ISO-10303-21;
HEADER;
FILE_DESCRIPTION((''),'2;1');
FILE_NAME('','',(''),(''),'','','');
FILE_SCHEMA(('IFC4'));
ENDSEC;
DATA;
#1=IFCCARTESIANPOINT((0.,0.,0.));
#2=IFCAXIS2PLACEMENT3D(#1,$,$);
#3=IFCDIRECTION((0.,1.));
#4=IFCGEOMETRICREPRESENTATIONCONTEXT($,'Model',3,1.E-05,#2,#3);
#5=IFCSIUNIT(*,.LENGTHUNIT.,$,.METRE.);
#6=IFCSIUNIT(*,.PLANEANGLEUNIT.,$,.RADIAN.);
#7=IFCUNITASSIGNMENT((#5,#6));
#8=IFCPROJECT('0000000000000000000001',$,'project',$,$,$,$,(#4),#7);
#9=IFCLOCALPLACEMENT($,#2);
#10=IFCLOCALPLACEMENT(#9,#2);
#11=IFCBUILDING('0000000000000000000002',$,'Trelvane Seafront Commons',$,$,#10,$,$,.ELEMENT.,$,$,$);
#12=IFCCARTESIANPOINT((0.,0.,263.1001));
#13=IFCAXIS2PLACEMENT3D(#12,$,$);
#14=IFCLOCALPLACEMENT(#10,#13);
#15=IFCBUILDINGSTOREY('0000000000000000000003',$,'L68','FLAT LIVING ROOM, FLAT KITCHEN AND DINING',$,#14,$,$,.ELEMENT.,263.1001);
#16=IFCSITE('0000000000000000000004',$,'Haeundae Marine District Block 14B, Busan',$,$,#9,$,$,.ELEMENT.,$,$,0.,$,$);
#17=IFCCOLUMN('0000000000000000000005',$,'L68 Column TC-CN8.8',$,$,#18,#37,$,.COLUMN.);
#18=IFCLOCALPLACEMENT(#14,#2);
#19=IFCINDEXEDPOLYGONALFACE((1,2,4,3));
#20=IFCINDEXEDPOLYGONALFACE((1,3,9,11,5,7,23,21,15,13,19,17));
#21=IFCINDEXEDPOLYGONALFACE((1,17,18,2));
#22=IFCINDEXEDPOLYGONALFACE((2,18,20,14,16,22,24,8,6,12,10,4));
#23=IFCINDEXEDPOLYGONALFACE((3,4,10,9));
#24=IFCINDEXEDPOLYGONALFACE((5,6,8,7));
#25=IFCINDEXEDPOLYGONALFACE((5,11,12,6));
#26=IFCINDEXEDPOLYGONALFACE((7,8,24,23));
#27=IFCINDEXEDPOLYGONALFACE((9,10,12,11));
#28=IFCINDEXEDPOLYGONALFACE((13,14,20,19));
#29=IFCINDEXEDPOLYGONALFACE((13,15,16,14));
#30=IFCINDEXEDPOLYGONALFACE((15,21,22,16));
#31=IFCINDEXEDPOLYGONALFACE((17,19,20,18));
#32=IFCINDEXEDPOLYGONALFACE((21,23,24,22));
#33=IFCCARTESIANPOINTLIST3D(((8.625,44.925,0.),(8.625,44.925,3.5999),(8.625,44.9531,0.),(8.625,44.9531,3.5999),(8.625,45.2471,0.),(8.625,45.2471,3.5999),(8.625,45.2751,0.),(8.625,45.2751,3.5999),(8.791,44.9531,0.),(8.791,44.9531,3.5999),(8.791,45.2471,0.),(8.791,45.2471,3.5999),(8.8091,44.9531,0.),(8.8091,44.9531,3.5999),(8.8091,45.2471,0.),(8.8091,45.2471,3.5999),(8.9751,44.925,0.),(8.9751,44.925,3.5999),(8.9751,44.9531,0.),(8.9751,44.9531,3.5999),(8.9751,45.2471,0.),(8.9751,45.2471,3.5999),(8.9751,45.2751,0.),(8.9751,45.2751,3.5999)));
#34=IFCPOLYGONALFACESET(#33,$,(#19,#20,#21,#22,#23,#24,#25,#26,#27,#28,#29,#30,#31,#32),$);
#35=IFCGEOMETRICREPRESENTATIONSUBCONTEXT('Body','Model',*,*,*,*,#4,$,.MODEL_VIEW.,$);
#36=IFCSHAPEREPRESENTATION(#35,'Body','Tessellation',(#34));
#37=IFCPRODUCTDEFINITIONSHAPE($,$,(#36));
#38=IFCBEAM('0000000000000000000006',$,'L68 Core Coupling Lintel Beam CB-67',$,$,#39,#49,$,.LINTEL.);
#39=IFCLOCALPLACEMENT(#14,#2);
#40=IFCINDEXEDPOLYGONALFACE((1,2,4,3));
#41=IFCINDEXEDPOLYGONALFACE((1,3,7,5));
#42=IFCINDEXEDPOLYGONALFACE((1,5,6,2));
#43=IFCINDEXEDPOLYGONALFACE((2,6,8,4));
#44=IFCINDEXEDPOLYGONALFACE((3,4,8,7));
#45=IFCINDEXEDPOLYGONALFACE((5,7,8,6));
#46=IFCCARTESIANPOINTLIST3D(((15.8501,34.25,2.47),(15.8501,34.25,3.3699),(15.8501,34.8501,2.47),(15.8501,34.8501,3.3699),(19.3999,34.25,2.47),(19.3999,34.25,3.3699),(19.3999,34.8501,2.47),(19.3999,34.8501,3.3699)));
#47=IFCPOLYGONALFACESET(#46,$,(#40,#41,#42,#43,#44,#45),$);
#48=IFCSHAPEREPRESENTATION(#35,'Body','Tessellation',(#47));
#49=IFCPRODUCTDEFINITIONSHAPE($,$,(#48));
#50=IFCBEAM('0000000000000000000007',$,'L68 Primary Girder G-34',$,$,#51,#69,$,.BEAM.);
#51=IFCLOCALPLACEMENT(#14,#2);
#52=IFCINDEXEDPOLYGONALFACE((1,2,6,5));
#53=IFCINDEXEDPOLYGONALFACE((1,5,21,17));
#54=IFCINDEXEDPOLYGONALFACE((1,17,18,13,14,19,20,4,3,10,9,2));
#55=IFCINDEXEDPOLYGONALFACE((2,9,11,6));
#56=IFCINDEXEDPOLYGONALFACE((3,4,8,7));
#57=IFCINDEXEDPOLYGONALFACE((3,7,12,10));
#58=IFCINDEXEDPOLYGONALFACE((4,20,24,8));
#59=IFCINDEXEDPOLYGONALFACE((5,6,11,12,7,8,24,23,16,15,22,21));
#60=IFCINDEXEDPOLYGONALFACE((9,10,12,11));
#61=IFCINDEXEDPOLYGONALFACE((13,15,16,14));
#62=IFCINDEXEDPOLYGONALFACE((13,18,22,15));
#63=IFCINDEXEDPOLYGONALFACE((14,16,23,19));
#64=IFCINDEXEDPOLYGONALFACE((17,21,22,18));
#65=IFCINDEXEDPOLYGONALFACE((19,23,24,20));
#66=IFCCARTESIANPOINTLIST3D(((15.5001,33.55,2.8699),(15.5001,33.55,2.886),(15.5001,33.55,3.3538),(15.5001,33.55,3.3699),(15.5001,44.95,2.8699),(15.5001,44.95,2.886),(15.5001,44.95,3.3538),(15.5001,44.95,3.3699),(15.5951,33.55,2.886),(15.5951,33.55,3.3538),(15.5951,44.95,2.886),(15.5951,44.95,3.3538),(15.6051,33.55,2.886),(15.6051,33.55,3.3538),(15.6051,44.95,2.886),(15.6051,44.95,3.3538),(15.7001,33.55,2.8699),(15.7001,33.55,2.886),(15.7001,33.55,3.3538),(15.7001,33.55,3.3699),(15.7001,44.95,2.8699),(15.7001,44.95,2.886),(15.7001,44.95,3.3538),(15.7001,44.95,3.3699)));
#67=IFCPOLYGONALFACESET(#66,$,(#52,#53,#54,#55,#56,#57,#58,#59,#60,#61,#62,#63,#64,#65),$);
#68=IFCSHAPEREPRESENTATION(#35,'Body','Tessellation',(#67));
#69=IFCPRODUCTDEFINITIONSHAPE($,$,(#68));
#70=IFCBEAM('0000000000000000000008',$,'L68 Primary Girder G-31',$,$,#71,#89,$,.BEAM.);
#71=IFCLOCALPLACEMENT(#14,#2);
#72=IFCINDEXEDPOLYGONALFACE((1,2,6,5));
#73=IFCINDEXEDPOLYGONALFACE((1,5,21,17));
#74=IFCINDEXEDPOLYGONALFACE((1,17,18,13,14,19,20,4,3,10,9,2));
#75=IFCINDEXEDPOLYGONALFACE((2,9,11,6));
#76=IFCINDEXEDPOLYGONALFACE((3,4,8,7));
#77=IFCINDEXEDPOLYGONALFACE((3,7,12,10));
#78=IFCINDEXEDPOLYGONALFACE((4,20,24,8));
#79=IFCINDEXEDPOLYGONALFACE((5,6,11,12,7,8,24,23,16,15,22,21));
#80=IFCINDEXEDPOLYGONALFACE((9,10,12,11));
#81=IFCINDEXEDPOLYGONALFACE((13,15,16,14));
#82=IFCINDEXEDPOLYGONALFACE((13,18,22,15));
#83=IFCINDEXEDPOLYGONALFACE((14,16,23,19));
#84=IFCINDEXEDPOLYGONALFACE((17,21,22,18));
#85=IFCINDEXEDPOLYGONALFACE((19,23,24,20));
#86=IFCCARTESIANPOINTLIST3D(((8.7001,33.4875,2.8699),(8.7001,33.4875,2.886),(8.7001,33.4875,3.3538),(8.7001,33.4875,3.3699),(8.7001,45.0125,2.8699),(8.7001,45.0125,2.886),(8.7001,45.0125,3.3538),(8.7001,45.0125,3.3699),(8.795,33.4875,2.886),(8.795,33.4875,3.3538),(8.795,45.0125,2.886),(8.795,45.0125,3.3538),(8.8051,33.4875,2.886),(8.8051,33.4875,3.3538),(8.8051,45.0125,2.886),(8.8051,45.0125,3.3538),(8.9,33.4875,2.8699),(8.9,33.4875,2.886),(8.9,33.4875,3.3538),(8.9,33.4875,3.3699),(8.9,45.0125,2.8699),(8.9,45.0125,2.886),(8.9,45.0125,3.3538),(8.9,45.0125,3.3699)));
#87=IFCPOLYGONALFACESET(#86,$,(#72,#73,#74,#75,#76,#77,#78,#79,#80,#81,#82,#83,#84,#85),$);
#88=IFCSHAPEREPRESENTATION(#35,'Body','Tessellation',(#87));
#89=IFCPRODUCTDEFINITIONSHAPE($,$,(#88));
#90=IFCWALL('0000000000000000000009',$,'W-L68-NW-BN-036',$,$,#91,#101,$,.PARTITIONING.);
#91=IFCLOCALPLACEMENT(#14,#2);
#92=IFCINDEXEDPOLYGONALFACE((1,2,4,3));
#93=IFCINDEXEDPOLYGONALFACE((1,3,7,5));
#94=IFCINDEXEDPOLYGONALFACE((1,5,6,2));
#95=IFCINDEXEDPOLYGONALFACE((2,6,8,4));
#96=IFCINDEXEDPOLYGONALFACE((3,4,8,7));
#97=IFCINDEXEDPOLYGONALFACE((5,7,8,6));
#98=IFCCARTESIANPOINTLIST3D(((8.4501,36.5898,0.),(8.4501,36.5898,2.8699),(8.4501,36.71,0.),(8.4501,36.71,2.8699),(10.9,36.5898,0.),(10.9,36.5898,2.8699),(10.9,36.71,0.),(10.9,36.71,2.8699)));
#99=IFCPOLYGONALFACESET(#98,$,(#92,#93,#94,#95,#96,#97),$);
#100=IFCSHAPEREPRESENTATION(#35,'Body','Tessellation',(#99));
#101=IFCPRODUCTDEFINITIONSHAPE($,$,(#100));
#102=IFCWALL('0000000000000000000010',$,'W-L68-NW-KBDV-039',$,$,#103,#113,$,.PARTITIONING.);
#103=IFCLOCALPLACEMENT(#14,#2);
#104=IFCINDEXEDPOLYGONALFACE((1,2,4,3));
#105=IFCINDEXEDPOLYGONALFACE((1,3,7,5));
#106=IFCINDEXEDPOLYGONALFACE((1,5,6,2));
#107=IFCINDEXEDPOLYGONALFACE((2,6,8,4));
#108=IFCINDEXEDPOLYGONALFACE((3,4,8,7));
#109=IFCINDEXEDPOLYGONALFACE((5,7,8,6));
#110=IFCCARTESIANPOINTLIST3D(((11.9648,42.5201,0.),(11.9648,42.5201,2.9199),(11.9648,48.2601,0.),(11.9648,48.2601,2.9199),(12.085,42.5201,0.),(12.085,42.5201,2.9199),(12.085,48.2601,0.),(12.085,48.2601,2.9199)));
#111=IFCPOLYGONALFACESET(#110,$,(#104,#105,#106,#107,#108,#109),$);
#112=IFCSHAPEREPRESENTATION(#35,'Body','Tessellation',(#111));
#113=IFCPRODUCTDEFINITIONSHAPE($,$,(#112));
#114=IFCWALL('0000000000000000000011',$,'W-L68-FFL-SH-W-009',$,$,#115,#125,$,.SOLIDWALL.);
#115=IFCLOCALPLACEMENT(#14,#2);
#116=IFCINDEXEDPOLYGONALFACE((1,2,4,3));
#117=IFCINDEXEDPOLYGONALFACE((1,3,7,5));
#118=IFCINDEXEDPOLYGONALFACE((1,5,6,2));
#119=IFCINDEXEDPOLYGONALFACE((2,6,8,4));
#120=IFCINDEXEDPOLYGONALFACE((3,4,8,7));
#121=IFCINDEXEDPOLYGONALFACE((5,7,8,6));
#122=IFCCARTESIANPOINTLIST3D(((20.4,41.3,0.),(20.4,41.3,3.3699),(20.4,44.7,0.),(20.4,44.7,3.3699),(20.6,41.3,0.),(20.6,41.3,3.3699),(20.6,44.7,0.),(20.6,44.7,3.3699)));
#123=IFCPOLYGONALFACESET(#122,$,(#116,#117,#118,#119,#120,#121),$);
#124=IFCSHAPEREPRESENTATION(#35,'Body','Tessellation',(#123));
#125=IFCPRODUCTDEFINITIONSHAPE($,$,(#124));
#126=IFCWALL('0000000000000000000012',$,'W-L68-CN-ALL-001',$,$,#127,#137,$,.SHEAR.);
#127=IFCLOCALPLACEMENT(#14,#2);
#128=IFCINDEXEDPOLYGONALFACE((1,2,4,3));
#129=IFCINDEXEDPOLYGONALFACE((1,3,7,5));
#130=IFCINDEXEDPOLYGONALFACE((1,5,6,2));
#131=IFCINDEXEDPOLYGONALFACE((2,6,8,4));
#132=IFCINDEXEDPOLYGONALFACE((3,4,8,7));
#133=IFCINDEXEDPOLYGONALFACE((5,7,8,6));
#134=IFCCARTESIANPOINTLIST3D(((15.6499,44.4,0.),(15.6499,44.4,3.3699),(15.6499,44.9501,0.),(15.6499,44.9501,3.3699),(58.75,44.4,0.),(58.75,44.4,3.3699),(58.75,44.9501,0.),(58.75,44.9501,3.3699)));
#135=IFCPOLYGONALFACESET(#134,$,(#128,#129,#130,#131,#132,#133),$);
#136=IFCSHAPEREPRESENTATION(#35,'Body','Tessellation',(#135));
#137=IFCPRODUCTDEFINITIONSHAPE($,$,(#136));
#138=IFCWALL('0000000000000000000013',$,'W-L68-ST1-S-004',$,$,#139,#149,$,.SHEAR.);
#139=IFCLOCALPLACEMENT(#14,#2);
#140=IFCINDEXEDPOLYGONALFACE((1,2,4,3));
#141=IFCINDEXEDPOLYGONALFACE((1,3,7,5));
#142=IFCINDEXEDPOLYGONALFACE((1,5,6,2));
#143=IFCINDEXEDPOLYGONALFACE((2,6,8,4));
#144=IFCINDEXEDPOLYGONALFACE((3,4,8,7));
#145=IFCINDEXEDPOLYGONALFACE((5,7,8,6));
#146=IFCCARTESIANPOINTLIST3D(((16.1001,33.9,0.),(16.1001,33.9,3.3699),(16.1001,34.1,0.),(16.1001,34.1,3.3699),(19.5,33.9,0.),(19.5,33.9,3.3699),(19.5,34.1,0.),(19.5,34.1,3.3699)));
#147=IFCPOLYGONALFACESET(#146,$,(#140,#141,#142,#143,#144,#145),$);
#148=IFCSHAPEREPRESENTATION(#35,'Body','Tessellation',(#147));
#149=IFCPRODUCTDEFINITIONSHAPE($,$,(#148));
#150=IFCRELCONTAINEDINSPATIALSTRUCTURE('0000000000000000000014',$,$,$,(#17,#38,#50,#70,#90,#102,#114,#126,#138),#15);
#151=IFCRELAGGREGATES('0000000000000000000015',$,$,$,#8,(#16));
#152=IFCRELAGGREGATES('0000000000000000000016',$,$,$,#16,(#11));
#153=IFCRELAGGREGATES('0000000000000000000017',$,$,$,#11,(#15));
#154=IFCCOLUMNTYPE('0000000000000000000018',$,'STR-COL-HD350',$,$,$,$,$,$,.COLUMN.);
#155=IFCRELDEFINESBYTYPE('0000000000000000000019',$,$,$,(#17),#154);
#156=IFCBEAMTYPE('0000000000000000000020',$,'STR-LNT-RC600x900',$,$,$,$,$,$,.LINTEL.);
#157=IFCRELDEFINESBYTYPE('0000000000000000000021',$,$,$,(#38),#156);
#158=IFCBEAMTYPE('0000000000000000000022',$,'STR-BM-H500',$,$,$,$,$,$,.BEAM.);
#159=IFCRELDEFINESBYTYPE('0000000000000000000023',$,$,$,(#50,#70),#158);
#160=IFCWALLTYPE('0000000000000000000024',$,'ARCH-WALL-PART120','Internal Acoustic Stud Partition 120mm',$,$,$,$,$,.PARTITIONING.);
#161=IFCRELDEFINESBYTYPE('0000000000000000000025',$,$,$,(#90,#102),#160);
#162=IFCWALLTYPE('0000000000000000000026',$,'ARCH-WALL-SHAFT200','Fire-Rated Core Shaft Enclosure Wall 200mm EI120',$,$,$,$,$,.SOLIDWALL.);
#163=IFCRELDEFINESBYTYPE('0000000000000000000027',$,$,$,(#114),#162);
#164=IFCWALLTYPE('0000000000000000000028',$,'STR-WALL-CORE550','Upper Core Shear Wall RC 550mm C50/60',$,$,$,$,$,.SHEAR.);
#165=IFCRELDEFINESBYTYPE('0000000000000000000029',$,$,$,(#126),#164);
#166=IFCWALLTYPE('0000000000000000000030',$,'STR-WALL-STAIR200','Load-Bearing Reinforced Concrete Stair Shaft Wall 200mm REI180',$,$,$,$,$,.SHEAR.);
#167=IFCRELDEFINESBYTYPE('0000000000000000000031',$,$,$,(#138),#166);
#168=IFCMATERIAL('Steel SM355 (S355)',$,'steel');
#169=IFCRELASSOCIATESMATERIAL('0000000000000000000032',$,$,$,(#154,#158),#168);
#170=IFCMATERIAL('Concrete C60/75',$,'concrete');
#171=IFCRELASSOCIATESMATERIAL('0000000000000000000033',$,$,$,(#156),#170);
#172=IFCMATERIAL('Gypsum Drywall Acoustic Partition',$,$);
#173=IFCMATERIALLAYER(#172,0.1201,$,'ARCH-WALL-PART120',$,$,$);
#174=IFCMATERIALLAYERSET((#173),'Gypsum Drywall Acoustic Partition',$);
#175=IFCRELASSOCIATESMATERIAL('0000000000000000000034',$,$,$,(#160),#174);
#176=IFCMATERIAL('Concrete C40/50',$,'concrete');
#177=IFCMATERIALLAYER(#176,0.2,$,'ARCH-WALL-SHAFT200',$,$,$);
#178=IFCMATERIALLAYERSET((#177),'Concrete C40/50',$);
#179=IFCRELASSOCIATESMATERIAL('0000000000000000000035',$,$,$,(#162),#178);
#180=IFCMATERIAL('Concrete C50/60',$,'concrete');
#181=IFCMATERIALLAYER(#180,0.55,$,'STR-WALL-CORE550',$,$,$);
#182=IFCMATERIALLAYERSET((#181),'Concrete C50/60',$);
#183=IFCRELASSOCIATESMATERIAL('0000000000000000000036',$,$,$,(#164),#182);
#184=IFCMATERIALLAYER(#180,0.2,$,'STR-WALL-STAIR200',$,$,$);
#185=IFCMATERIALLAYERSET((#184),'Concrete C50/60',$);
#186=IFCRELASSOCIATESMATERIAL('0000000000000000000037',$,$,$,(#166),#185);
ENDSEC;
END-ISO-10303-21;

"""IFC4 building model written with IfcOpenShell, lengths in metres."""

from ifc_helpers import new_model, si_unit, direction, frame, frame_2d, origin, origin_2d, place, context, subcontext, project, spatial, rectangle, i_section, extrude, source, transform, mapped, material, layer, layer_set, material_profile, profile_set, type_object, element, save


model = new_model("IFC4")

# Units and contexts
model_context = context("Model", 3, precision=1e-05, world=origin(), true_north=direction((0.0, 1.0)))
body_context = subcontext(model_context, "Body", "Model", "MODEL_VIEW")
ifc_project = project(units=[si_unit("LENGTHUNIT", "METRE"), si_unit("PLANEANGLEUNIT", "RADIAN")], contexts=[model_context])

# Site, building, storey
site_placement = place(None, origin())
site = spatial("IfcSite", under=ifc_project, at=site_placement, Name="Haeundae Marine District Block 14B, Busan", CompositionType="ELEMENT", RefElevation=0.0)
building_placement = place(site_placement, origin())
building = spatial("IfcBuilding", under=site, at=building_placement, Name="Trelvane Seafront Commons", CompositionType="ELEMENT")
storey_placement = place(building_placement, frame((0.0, 0.0, 263.1001)))
storey = spatial("IfcBuildingStorey", under=building, at=storey_placement, Name="L68", Description="FLAT LIVING ROOM, FLAT KITCHEN AND DINING", CompositionType="ELEMENT", Elevation=263.1001)

# Column
ifc_material_1 = material(Name="Steel SM355 (S355)", Category="steel")
ifc_material_profile_1 = material_profile(ifc_material_1, i_section(OverallWidth=0.3501, OverallDepth=0.3501, WebThickness=0.0181, FlangeThickness=0.0281, at=origin_2d()), Name="HD-350x350x18x28")
ifc_profile_set_1 = profile_set([ifc_material_profile_1], Name="Steel SM355 (S355)")
column_type = type_object("IfcColumnType", Name="STR-COL-HD350", PredefinedType="COLUMN", material=ifc_profile_set_1)
shared_shape_1 = source(origin(), body_context, "Body", "SweptSolid", [
    extrude(i_section(OverallWidth=0.3501, OverallDepth=0.3501, WebThickness=0.0181, FlangeThickness=0.0281, at=origin_2d()), origin(), (0.0, 0.0, 1.0), 3.5999),
])
column_placement = place(storey_placement, frame((8.8, 45.1001, 0.0), z_axis=(0.0, 0.0, 1.0), x_axis=(1.0, 0.0, 0.0)))
element("IfcColumn", 1, at=column_placement, inside=storey, type_object=column_type, Name="L68 Column TC-CN8.8", PredefinedType="COLUMN", context=body_context, shape_type="MappedRepresentation", body=[
    mapped(shared_shape_1, transform((0.0, 0.0, 0.0), x_axis=(1.0, 0.0, 0.0), y_axis=(0.0, 1.0, 0.0), z_axis=(0.0, 0.0, 1.0), scale=1.0)),
])

# Beams
ifc_material_2 = material(Name="Concrete C60/75", Category="concrete")
ifc_material_profile_2 = material_profile(ifc_material_2, rectangle(XDim=0.6001, YDim=0.8999, at=origin_2d()), Name="RC-600x900")
ifc_profile_set_2 = profile_set([ifc_material_profile_2], Name="Concrete C60/75")
beam_type_1 = type_object("IfcBeamType", Name="STR-LNT-RC600x900", PredefinedType="LINTEL", material=ifc_profile_set_2)
shared_shape_2 = source(origin(), body_context, "Body", "SweptSolid", [
    extrude(rectangle(XDim=0.6001, YDim=0.8999, at=origin_2d()), origin(), (0.0, 0.0, 1.0), 3.5498),
])
beam_1_placement = place(storey_placement, frame((15.8501, 34.55, 2.9199), z_axis=(1.0, 0.0, 0.0), x_axis=(0.0, 1.0, 0.0)))
element("IfcBeam", 2, at=beam_1_placement, inside=storey, type_object=beam_type_1, Name="L68 Core Coupling Lintel Beam CB-67", PredefinedType="LINTEL", context=body_context, shape_type="MappedRepresentation", body=[
    mapped(shared_shape_2, transform((0.0, 0.0, 0.0), x_axis=(1.0, 0.0, 0.0), y_axis=(0.0, 1.0, 0.0), z_axis=(0.0, 0.0, 1.0), scale=1.0)),
])
ifc_material_profile_3 = material_profile(ifc_material_1, i_section(OverallWidth=0.2, OverallDepth=0.5, WebThickness=0.01, FlangeThickness=0.0161, at=origin_2d()), Name="H-500x200x10x16")
ifc_profile_set_3 = profile_set([ifc_material_profile_3], Name="Steel SM355 (S355)")
beam_type_2 = type_object("IfcBeamType", Name="STR-BM-H500", PredefinedType="BEAM", material=ifc_profile_set_3)
shared_shape_3 = source(origin(), body_context, "Body", "SweptSolid", [
    extrude(i_section(OverallWidth=0.2, OverallDepth=0.5, WebThickness=0.01, FlangeThickness=0.0161, at=origin_2d()), origin(), (0.0, 0.0, 1.0), 11.3999),
])
beam_2_placement = place(storey_placement, frame((15.6001, 33.55, 3.1199), z_axis=(0.0, 1.0, 0.0), x_axis=(-1.0, 0.0, 0.0)))
element("IfcBeam", 3, at=beam_2_placement, inside=storey, type_object=beam_type_2, Name="L68 Primary Girder G-34", PredefinedType="BEAM", context=body_context, shape_type="MappedRepresentation", body=[
    mapped(shared_shape_3, transform((0.0, 0.0, 0.0), x_axis=(1.0, 0.0, 0.0), y_axis=(0.0, 1.0, 0.0), z_axis=(0.0, 0.0, 1.0), scale=1.0)),
])
shared_shape_4 = source(origin(), body_context, "Body", "SweptSolid", [
    extrude(i_section(OverallWidth=0.2, OverallDepth=0.5, WebThickness=0.01, FlangeThickness=0.0161, at=origin_2d()), origin(), (0.0, 0.0, 1.0), 11.5249),
])
beam_3_placement = place(storey_placement, frame((8.8, 33.4875, 3.1199), z_axis=(0.0, 1.0, 0.0), x_axis=(-1.0, 0.0, 0.0)))
element("IfcBeam", 4, at=beam_3_placement, inside=storey, type_object=beam_type_2, Name="L68 Primary Girder G-31", PredefinedType="BEAM", context=body_context, shape_type="MappedRepresentation", body=[
    mapped(shared_shape_4, transform((0.0, 0.0, 0.0), x_axis=(1.0, 0.0, 0.0), y_axis=(0.0, 1.0, 0.0), z_axis=(0.0, 0.0, 1.0), scale=1.0)),
])

# Wall
ifc_material_3 = material(Name="Gypsum Drywall Acoustic Partition")
ifc_layer_1 = layer(ifc_material_3, 0.1201, Name="ARCH-WALL-PART120")
ifc_layer_set_1 = layer_set([ifc_layer_1], Name="Gypsum Drywall Acoustic Partition")
wall_type_1 = type_object("IfcWallType", Name="ARCH-WALL-PART120", Description="Internal Acoustic Stud Partition 120mm", PredefinedType="PARTITIONING", material=ifc_layer_set_1)
wall_1_placement = place(storey_placement, frame((8.45, 36.6499, 0.0), z_axis=(0.0, 0.0, 1.0), x_axis=(1.0, 0.0, 0.0)))
element("IfcWall", 5, at=wall_1_placement, inside=storey, type_object=wall_type_1, Name="W-L68-NW-BN-036", PredefinedType="PARTITIONING", context=body_context, shape_type="SweptSolid", body=[
    extrude(rectangle(XDim=2.45, YDim=0.1201, at=frame_2d((1.2251, 0.0))), origin(), (0.0, 0.0, 1.0), 2.8699),
])

# Wall
wall_2_placement = place(storey_placement, frame((12.0249, 42.52, 0.0), z_axis=(0.0, 0.0, 1.0), x_axis=(0.0, 1.0, 0.0)))
element("IfcWall", 6, at=wall_2_placement, inside=storey, type_object=wall_type_1, Name="W-L68-NW-KBDV-039", PredefinedType="PARTITIONING", context=body_context, shape_type="SweptSolid", body=[
    extrude(rectangle(XDim=5.74, YDim=0.1201, at=frame_2d((2.8701, 0.0))), origin(), (0.0, 0.0, 1.0), 2.9199),
])

# Shared definitions
ifc_material_4 = material(Name="Concrete C40/50", Category="concrete")
ifc_layer_2 = layer(ifc_material_4, 0.2, Name="ARCH-WALL-SHAFT200")
ifc_layer_set_2 = layer_set([ifc_layer_2], Name="Concrete C40/50")
wall_type_2 = type_object("IfcWallType", Name="ARCH-WALL-SHAFT200", Description="Fire-Rated Core Shaft Enclosure Wall 200mm EI120", PredefinedType="SOLIDWALL", material=ifc_layer_set_2)

# Walls
wall_3_placement = place(storey_placement, frame((20.5, 41.3, 0.0), z_axis=(0.0, 0.0, 1.0), x_axis=(0.0, 1.0, 0.0)))
element("IfcWall", 7, at=wall_3_placement, inside=storey, type_object=wall_type_2, Name="W-L68-FFL-SH-W-009", PredefinedType="SOLIDWALL", context=body_context, shape_type="SweptSolid", body=[
    extrude(rectangle(XDim=3.3999, YDim=0.2, at=frame_2d((1.7, 0.0))), origin(), (0.0, 0.0, 1.0), 3.3699),
])
ifc_material_5 = material(Name="Concrete C50/60", Category="concrete")
ifc_layer_3 = layer(ifc_material_5, 0.55, Name="STR-WALL-CORE550")
ifc_layer_set_3 = layer_set([ifc_layer_3], Name="Concrete C50/60")
wall_type_3 = type_object("IfcWallType", Name="STR-WALL-CORE550", Description="Upper Core Shear Wall RC 550mm C50/60", PredefinedType="SHEAR", material=ifc_layer_set_3)
wall_4_placement = place(storey_placement, frame((15.6499, 44.675, 0.0), z_axis=(0.0, 0.0, 1.0), x_axis=(1.0, 0.0, 0.0)))
element("IfcWall", 8, at=wall_4_placement, inside=storey, type_object=wall_type_3, Name="W-L68-CN-ALL-001", PredefinedType="SHEAR", context=body_context, shape_type="SweptSolid", body=[
    extrude(rectangle(XDim=43.1001, YDim=0.55, at=frame_2d((21.55, 0.0))), origin(), (0.0, 0.0, 1.0), 3.3699),
])
ifc_layer_4 = layer(ifc_material_5, 0.2, Name="STR-WALL-STAIR200")
ifc_layer_set_4 = layer_set([ifc_layer_4], Name="Concrete C50/60")
wall_type_4 = type_object("IfcWallType", Name="STR-WALL-STAIR200", Description="Load-Bearing Reinforced Concrete Stair Shaft Wall 200mm REI180", PredefinedType="SHEAR", material=ifc_layer_set_4)
wall_5_placement = place(storey_placement, frame((16.1001, 34.0, 0.0), z_axis=(0.0, 0.0, 1.0), x_axis=(1.0, 0.0, 0.0)))
element("IfcWall", 9, at=wall_5_placement, inside=storey, type_object=wall_type_4, Name="W-L68-ST1-S-004", PredefinedType="SHEAR", context=body_context, shape_type="SweptSolid", body=[
    extrude(rectangle(XDim=3.3999, YDim=0.2, at=frame_2d((1.7, 0.0))), origin(), (0.0, 0.0, 1.0), 3.3699),
])

save(model, "model.ifc")
